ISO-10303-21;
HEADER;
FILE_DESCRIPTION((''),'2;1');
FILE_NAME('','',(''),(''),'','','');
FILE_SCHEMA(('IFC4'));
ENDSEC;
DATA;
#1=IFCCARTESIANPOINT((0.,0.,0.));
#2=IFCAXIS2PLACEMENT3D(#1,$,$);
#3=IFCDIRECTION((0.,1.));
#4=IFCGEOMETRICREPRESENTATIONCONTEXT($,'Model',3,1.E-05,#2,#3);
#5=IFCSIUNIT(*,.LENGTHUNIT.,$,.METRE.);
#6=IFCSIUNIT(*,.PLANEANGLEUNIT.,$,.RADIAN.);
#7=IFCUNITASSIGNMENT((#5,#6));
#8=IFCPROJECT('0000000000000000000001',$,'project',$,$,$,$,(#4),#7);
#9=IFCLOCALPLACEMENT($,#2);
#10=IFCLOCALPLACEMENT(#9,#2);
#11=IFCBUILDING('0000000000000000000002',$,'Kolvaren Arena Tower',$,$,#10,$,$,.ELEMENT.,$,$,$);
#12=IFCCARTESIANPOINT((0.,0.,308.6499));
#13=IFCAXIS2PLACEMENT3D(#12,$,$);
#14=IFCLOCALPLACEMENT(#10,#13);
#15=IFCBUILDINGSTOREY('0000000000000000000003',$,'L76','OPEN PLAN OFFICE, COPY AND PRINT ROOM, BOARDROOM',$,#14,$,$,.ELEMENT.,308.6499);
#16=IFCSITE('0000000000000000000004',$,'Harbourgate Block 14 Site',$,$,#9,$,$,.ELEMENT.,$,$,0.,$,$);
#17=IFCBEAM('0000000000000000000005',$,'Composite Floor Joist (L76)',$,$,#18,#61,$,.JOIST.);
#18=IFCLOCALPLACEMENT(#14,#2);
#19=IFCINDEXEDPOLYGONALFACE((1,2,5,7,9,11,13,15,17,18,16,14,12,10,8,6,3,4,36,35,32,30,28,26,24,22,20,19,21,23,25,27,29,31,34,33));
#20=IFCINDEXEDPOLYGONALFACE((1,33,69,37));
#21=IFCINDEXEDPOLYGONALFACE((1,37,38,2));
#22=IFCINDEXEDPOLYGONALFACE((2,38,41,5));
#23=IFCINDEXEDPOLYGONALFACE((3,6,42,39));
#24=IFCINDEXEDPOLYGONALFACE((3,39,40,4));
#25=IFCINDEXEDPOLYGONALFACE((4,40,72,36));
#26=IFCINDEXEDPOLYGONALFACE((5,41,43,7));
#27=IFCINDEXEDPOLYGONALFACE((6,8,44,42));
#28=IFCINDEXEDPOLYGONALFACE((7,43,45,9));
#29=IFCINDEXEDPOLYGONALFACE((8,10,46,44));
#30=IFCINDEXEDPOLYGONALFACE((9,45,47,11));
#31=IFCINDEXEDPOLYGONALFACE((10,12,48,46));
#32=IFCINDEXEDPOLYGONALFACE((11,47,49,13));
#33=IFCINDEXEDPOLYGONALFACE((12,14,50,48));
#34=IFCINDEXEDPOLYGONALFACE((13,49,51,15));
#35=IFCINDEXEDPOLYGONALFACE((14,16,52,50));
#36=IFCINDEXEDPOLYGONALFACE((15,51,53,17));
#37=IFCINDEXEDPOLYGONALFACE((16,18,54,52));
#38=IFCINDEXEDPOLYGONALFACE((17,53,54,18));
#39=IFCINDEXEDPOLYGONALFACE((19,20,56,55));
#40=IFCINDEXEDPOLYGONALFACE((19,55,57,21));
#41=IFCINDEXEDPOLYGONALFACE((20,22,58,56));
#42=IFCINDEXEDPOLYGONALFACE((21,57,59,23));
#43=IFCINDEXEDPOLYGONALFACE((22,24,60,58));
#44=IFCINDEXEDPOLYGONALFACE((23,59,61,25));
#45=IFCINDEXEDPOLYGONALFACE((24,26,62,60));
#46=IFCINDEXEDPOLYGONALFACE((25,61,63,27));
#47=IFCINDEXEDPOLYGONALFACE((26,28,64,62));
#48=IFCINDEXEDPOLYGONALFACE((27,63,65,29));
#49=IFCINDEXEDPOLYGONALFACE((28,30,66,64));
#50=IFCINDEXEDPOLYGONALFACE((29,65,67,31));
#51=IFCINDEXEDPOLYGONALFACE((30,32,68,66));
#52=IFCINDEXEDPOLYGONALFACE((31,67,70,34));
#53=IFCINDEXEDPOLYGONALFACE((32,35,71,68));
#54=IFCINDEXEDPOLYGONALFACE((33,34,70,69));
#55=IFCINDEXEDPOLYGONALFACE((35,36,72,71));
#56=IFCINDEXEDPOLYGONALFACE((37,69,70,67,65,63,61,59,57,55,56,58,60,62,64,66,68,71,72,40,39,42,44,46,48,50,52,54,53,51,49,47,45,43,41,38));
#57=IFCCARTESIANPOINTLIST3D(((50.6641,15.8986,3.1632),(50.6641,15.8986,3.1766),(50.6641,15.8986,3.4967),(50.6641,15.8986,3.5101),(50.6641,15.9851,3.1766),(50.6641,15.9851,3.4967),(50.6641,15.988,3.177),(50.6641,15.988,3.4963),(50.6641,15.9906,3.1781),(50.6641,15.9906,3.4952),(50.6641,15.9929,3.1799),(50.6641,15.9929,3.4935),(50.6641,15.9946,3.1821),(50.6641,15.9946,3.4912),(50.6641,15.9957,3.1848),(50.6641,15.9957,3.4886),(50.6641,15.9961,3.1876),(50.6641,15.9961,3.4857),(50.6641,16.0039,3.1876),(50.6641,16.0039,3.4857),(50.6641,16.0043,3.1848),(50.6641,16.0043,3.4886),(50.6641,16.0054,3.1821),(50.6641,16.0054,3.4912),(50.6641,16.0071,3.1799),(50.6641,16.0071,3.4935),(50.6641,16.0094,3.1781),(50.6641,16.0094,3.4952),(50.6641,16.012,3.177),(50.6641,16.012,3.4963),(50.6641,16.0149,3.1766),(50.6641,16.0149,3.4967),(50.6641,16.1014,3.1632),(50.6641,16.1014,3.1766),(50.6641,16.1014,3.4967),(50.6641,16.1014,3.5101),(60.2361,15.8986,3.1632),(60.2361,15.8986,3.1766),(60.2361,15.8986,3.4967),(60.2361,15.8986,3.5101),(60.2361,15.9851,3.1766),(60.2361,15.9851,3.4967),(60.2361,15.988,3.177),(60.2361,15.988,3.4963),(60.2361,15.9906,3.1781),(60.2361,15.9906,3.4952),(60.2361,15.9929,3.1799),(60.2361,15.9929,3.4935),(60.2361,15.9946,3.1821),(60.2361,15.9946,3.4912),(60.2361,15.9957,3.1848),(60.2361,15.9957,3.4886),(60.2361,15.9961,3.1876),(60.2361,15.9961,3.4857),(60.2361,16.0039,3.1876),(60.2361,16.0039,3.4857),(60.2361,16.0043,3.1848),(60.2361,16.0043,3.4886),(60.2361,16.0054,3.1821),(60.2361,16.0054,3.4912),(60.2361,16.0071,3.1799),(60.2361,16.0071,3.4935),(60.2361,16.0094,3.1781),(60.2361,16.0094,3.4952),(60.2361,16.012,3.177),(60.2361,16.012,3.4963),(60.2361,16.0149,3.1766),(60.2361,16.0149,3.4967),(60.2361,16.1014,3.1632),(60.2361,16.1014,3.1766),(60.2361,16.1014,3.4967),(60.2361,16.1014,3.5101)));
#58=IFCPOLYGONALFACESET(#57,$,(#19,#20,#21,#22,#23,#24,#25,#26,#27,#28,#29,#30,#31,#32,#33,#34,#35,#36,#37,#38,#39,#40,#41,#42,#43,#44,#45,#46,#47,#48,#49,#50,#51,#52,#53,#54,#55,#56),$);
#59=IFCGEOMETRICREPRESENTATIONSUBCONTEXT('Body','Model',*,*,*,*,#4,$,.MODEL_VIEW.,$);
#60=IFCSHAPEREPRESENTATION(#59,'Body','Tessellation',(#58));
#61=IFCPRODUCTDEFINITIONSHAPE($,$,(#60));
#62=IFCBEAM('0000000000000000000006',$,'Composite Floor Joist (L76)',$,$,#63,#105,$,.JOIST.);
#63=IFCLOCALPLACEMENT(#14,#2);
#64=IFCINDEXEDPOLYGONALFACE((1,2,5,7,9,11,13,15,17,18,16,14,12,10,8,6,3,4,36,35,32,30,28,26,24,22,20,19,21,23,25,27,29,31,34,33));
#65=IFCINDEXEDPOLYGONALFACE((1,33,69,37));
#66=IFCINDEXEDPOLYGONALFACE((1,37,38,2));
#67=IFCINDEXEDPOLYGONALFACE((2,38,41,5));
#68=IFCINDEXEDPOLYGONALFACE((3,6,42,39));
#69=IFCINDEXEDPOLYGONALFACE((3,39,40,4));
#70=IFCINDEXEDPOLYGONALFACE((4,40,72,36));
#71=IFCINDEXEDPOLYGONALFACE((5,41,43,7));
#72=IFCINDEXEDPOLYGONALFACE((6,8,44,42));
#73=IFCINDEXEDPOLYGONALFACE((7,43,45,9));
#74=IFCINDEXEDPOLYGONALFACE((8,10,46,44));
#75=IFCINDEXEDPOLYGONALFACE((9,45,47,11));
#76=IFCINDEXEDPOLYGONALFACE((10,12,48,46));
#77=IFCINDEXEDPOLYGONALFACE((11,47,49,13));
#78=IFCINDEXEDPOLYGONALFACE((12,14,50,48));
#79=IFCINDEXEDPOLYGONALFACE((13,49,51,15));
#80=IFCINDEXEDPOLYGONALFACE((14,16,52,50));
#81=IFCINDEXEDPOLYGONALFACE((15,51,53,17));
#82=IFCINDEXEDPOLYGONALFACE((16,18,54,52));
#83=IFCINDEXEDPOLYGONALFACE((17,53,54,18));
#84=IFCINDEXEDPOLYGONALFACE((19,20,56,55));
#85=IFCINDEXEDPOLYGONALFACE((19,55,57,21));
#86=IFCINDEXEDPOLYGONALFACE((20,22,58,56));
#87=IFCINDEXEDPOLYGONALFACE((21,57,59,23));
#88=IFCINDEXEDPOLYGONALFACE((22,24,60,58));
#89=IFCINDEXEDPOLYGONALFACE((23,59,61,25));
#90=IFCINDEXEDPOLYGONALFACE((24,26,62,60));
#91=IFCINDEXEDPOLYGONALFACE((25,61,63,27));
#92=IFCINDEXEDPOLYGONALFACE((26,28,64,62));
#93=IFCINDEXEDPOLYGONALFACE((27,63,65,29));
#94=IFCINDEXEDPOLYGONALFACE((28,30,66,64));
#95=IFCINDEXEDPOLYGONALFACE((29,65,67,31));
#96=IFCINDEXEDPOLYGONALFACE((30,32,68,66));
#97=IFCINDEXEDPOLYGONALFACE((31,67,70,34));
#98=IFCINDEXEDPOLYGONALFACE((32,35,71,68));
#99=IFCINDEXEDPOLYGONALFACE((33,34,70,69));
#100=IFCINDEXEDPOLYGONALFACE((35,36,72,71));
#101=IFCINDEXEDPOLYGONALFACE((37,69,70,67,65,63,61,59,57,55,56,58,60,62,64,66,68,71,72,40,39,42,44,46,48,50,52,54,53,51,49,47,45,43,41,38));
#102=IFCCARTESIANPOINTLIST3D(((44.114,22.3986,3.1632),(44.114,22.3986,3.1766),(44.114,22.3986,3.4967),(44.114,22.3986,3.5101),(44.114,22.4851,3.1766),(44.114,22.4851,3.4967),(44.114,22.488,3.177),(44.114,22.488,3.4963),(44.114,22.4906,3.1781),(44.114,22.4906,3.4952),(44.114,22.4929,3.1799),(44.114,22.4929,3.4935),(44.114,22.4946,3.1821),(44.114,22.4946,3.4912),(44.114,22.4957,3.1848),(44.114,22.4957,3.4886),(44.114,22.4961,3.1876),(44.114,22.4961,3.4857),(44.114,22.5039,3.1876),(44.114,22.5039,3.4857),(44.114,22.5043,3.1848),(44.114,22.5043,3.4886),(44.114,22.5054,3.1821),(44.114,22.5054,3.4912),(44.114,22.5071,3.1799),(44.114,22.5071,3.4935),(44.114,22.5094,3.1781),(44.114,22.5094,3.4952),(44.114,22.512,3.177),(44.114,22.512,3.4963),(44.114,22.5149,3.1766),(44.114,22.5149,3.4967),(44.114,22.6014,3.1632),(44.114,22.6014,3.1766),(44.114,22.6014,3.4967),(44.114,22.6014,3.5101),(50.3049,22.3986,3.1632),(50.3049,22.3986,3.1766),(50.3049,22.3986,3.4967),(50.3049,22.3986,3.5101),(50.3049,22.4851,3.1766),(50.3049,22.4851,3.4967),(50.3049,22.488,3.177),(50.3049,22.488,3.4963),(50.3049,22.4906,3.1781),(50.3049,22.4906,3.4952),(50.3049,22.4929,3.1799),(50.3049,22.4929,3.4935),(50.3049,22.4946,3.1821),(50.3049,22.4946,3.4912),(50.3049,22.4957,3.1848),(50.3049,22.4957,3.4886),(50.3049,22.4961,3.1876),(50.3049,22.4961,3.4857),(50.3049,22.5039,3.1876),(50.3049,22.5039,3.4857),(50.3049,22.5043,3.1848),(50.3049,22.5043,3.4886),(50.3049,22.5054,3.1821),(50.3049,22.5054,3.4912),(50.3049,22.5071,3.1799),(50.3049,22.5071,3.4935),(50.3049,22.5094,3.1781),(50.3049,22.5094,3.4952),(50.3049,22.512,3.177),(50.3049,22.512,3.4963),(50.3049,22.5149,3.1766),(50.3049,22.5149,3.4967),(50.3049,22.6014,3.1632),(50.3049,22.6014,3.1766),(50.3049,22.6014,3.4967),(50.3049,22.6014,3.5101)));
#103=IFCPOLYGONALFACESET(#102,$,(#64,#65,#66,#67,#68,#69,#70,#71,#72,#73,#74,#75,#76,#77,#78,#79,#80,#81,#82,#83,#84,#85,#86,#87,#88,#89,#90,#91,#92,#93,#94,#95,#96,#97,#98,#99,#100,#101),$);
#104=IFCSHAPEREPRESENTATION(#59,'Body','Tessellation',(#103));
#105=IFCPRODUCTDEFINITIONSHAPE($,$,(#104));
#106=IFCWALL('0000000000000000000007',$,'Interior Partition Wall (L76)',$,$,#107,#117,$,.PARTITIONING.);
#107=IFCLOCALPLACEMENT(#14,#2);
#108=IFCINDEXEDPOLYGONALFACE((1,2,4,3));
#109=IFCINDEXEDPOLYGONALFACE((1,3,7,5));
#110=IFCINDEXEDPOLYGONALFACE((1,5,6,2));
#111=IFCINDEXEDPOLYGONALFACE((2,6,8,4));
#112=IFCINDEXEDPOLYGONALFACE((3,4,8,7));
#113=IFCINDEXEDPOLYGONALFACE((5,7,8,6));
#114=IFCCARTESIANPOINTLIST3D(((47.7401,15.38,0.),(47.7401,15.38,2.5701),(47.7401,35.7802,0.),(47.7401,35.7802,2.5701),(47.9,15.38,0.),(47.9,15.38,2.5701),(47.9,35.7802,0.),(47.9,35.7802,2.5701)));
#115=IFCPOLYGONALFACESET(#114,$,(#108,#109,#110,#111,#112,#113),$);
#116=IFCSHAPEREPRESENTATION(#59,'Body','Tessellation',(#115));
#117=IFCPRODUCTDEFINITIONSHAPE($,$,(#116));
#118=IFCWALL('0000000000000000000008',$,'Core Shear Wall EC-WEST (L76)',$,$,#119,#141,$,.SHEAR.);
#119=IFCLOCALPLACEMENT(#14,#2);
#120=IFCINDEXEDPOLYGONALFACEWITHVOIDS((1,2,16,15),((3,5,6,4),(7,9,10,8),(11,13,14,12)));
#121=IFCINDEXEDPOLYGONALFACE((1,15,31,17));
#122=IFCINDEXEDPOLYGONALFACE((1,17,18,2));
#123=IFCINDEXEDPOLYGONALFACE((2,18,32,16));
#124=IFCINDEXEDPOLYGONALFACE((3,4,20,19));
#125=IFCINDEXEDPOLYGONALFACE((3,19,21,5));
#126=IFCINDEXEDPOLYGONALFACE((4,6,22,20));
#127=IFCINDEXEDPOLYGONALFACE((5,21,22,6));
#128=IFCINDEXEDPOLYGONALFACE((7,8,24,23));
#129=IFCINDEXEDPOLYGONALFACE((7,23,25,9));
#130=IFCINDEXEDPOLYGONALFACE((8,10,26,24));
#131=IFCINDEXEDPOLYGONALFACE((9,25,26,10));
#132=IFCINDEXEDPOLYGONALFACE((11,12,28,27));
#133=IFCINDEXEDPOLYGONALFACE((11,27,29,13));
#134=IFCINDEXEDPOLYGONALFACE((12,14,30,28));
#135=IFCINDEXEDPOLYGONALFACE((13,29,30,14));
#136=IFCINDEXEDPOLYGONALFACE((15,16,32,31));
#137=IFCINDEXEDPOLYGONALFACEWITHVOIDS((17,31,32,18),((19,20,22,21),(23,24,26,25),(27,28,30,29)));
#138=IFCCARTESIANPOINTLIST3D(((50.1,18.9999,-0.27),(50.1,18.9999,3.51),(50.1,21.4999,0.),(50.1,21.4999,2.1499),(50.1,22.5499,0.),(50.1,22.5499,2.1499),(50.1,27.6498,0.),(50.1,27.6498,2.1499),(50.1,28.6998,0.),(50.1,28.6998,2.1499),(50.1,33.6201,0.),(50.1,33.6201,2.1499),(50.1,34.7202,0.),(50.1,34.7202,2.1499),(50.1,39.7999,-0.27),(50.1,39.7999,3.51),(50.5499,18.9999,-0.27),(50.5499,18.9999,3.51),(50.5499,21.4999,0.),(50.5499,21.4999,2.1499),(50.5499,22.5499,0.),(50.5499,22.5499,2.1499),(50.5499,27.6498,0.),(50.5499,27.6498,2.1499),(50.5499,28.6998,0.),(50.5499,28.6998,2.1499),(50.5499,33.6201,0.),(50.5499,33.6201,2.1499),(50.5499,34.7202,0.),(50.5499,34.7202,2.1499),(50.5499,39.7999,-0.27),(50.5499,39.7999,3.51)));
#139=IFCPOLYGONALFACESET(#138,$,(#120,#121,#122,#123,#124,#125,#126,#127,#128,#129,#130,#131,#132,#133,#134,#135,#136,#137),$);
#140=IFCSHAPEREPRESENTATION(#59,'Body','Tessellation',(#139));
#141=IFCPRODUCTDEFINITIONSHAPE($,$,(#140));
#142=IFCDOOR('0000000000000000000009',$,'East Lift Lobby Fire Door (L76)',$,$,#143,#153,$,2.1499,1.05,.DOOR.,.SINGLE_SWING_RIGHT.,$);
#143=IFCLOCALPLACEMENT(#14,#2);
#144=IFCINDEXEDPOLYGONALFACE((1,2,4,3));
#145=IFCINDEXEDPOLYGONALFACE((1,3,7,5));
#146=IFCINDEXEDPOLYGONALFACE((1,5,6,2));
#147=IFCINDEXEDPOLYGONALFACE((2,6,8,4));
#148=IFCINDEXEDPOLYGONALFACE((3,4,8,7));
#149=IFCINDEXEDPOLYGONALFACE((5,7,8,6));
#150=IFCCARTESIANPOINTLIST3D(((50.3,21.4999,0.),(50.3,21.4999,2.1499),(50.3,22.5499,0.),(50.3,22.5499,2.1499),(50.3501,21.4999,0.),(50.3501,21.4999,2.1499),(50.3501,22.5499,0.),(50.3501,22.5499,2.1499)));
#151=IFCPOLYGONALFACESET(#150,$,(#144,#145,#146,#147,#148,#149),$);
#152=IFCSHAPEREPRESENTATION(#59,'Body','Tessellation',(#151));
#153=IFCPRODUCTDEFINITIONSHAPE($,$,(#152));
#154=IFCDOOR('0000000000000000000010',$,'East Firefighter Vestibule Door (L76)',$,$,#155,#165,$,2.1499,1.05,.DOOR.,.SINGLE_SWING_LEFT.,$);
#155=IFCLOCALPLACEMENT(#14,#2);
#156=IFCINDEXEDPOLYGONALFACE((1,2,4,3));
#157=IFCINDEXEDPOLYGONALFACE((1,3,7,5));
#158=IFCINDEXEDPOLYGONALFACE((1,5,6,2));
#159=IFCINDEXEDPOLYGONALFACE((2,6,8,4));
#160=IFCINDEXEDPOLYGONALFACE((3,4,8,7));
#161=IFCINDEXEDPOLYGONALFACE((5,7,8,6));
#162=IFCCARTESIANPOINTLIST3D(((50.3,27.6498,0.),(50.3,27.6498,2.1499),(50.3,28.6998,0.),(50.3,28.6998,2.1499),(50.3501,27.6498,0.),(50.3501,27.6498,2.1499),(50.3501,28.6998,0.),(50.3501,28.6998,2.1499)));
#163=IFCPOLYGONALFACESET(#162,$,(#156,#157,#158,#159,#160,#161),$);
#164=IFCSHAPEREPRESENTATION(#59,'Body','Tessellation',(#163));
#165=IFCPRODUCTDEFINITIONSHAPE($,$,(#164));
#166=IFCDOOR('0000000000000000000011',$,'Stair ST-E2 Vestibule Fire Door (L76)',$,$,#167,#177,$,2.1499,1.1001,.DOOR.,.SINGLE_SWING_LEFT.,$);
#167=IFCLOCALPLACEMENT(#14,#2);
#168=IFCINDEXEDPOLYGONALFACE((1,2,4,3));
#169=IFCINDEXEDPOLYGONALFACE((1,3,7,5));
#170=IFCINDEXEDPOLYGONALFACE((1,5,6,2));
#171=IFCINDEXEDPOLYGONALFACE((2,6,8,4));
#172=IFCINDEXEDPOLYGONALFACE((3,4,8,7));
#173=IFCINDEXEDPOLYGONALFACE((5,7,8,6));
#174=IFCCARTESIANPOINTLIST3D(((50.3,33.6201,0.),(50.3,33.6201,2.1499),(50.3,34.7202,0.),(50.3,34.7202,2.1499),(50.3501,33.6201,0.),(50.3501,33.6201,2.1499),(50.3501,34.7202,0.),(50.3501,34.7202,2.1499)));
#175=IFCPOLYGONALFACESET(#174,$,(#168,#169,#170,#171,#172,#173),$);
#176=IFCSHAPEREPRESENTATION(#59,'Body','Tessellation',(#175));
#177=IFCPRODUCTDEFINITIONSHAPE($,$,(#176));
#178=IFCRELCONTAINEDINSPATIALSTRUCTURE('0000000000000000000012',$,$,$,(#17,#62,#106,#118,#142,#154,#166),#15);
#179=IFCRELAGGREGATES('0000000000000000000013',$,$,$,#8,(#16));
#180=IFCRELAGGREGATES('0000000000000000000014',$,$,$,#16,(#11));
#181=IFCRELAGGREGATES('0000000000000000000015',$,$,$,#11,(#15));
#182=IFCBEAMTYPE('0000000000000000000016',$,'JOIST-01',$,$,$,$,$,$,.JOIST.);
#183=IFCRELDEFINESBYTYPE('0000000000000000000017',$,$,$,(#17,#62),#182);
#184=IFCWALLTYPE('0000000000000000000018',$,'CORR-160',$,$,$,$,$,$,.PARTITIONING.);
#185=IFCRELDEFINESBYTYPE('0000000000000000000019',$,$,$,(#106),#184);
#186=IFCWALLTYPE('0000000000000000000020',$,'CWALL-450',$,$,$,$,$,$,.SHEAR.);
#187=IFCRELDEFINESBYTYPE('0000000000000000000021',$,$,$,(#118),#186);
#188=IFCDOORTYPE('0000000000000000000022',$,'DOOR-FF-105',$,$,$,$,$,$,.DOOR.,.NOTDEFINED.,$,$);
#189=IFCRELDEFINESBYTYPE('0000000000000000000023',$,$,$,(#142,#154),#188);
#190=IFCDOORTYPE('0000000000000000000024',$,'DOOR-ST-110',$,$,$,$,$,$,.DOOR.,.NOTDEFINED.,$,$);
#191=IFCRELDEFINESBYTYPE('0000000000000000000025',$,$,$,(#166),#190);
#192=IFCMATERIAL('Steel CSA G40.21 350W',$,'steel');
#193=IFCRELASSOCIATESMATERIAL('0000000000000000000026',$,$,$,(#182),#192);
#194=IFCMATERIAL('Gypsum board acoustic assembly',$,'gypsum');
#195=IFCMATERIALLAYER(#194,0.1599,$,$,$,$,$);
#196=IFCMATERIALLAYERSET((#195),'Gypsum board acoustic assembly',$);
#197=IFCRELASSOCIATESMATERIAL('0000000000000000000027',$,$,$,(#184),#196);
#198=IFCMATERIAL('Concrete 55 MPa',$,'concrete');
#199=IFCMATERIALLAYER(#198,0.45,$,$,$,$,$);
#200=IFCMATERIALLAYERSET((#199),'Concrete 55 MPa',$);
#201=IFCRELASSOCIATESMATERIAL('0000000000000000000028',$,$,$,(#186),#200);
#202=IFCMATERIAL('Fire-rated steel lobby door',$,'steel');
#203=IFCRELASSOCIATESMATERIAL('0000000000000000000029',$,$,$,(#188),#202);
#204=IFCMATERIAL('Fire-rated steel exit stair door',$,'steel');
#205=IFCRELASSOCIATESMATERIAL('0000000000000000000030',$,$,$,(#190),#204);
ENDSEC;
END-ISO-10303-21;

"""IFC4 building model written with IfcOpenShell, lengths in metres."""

from ifc_helpers import new_model, si_unit, direction, frame, frame_2d, origin, origin_2d, place, context, subcontext, project, spatial, rectangle, i_section, extrude, material, layer, layer_set, material_profile, profile_set, type_object, element, fill, save


model = new_model("IFC4")

# Units and contexts
model_context = context("Model", 3, precision=1e-05, world=origin(), true_north=direction((0.0, 1.0)))
body_context = subcontext(model_context, "Body", "Model", "MODEL_VIEW")
ifc_project = project(units=[si_unit("LENGTHUNIT", "METRE"), si_unit("PLANEANGLEUNIT", "RADIAN")], contexts=[model_context])

# Site, building, storey
site_placement = place(None, origin())
site = spatial("IfcSite", under=ifc_project, at=site_placement, Name="Harbourgate Block 14 Site", CompositionType="ELEMENT", RefElevation=0.0)
building_placement = place(site_placement, origin())
building = spatial("IfcBuilding", under=site, at=building_placement, Name="Kolvaren Arena Tower", CompositionType="ELEMENT")
storey_placement = place(building_placement, frame((0.0, 0.0, 308.6499)))
storey = spatial("IfcBuildingStorey", under=building, at=storey_placement, Name="L76", Description="OPEN PLAN OFFICE, COPY AND PRINT ROOM, BOARDROOM", CompositionType="ELEMENT", Elevation=308.6499)

# Beams
ifc_material_1 = material(Name="Steel CSA G40.21 350W", Category="steel")
ifc_material_profile_1 = material_profile(ifc_material_1, i_section(OverallWidth=0.2029, OverallDepth=0.3469, WebThickness=0.0078, FlangeThickness=0.0134, FilletRadius=0.011, at=origin_2d()), Name="W360x64")
ifc_profile_set_1 = profile_set([ifc_material_profile_1], Name="Steel CSA G40.21 350W")
beam_type_1 = type_object("IfcBeamType", Name="JOIST-01", PredefinedType="JOIST", material=ifc_profile_set_1)
beam_1_placement = place(storey_placement, frame((50.6641, 16.0, 3.3367), z_axis=(1.0, 0.0, 0.0), x_axis=(0.0, 1.0, 0.0)))
element("IfcBeam", 1, at=beam_1_placement, inside=storey, type_object=beam_type_1, Name="Composite Floor Joist (L76)", PredefinedType="JOIST", context=body_context, shape_type="SweptSolid", body=[
    extrude(i_section(OverallWidth=0.2029, OverallDepth=0.3469, WebThickness=0.0078, FlangeThickness=0.0134, FilletRadius=0.011, at=origin_2d()), origin(), (0.0, 0.0, 1.0), 9.572),
])
beam_2_placement = place(storey_placement, frame((44.114, 22.5, 3.3367), z_axis=(1.0, 0.0, 0.0), x_axis=(0.0, 1.0, 0.0)))
element("IfcBeam", 2, at=beam_2_placement, inside=storey, type_object=beam_type_1, Name="Composite Floor Joist (L76)", PredefinedType="JOIST", context=body_context, shape_type="SweptSolid", body=[
    extrude(i_section(OverallWidth=0.2029, OverallDepth=0.3469, WebThickness=0.0078, FlangeThickness=0.0134, FilletRadius=0.011, at=origin_2d()), origin(), (0.0, 0.0, 1.0), 6.1909),
])

# Wall
ifc_material_2 = material(Name="Gypsum board acoustic assembly", Category="gypsum")
ifc_layer_1 = layer(ifc_material_2, 0.1599)
ifc_layer_set_1 = layer_set([ifc_layer_1], Name="Gypsum board acoustic assembly")
wall_type_1 = type_object("IfcWallType", Name="CORR-160", PredefinedType="PARTITIONING", material=ifc_layer_set_1)
wall_1_placement = place(storey_placement, frame((47.8201, 15.3799, 0.0), z_axis=(0.0, 0.0, 1.0), x_axis=(0.0, 1.0, 0.0)))
element("IfcWall", 3, at=wall_1_placement, inside=storey, type_object=wall_type_1, Name="Interior Partition Wall (L76)", PredefinedType="PARTITIONING", context=body_context, shape_type="SweptSolid", body=[
    extrude(rectangle(XDim=20.4001, YDim=0.1599, at=frame_2d((10.2002, 0.0))), origin(), (0.0, 0.0, 1.0), 2.5701),
])

# Wall, openings, doors
ifc_material_3 = material(Name="Concrete 55 MPa", Category="concrete")
ifc_layer_2 = layer(ifc_material_3, 0.45)
ifc_layer_set_2 = layer_set([ifc_layer_2], Name="Concrete 55 MPa")
wall_type_2 = type_object("IfcWallType", Name="CWALL-450", PredefinedType="SHEAR", material=ifc_layer_set_2)
wall_2_placement = place(storey_placement, frame((50.325, 19.0, -0.27), z_axis=(0.0, 0.0, 1.0), x_axis=(0.0, 1.0, 0.0)))
wall_2 = element("IfcWall", 4, at=wall_2_placement, inside=storey, type_object=wall_type_2, Name="Core Shear Wall EC-WEST (L76)", PredefinedType="SHEAR", context=body_context, shape_type="SweptSolid", body=[
    extrude(rectangle(XDim=20.8, YDim=0.45, at=frame_2d((10.3999, 0.0))), origin(), (0.0, 0.0, 1.0), 3.78),
])
opening_1_placement = place(wall_2_placement, frame((2.5, 0.0, 0.27)))
opening_1 = element("IfcOpeningElement", 5, at=opening_1_placement, cuts=wall_2, PredefinedType="OPENING", context=body_context, shape_type="SweptSolid", body=[
    extrude(rectangle(XDim=1.05, YDim=2.1499, at=frame_2d((0.5249, 1.075))), frame((0.0, 0.2349, 0.0), z_axis=(0.0, -1.0, 0.0), x_axis=(1.0, 0.0, 0.0)), (0.0, 0.0, 1.0), 0.47),
])
opening_2_placement = place(wall_2_placement, frame((8.6499, 0.0, 0.27)))
opening_2 = element("IfcOpeningElement", 6, at=opening_2_placement, cuts=wall_2, PredefinedType="OPENING", context=body_context, shape_type="SweptSolid", body=[
    extrude(rectangle(XDim=1.05, YDim=2.1499, at=frame_2d((0.5249, 1.075))), frame((0.0, 0.2349, 0.0), z_axis=(0.0, -1.0, 0.0), x_axis=(1.0, 0.0, 0.0)), (0.0, 0.0, 1.0), 0.47),
])
opening_3_placement = place(wall_2_placement, frame((14.6201, 0.0, 0.27)))
opening_3 = element("IfcOpeningElement", 7, at=opening_3_placement, cuts=wall_2, PredefinedType="OPENING", context=body_context, shape_type="SweptSolid", body=[
    extrude(rectangle(XDim=1.1001, YDim=2.1499, at=frame_2d((0.55, 1.075))), frame((0.0, 0.2349, 0.0), z_axis=(0.0, -1.0, 0.0), x_axis=(1.0, 0.0, 0.0)), (0.0, 0.0, 1.0), 0.47),
])
ifc_material_4 = material(Name="Fire-rated steel lobby door", Category="steel")
door_type_1 = type_object("IfcDoorType", Name="DOOR-FF-105", OperationType="NOTDEFINED", PredefinedType="DOOR", material=ifc_material_4)
door_1_placement = place(opening_1_placement, origin())
door_1 = element("IfcDoor", 8, at=door_1_placement, inside=storey, type_object=door_type_1, Name="East Lift Lobby Fire Door (L76)", OperationType="SINGLE_SWING_RIGHT", OverallHeight=2.1499, OverallWidth=1.05, PredefinedType="DOOR", context=body_context, shape_type="SweptSolid", body=[
    extrude(rectangle(XDim=1.05, YDim=2.1499, at=frame_2d((0.5249, 1.075))), frame((0.0, 0.0249, 0.0), z_axis=(0.0, -1.0, 0.0), x_axis=(1.0, 0.0, 0.0)), (0.0, 0.0, 1.0), 0.05),
])
fill(opening_1, door_1)
door_2_placement = place(opening_2_placement, origin())
door_2 = element("IfcDoor", 9, at=door_2_placement, inside=storey, type_object=door_type_1, Name="East Firefighter Vestibule Door (L76)", OperationType="SINGLE_SWING_LEFT", OverallHeight=2.1499, OverallWidth=1.05, PredefinedType="DOOR", context=body_context, shape_type="SweptSolid", body=[
    extrude(rectangle(XDim=1.05, YDim=2.1499, at=frame_2d((0.5249, 1.075))), frame((0.0, 0.0249, 0.0), z_axis=(0.0, -1.0, 0.0), x_axis=(1.0, 0.0, 0.0)), (0.0, 0.0, 1.0), 0.05),
])
fill(opening_2, door_2)
ifc_material_5 = material(Name="Fire-rated steel exit stair door", Category="steel")
door_type_2 = type_object("IfcDoorType", Name="DOOR-ST-110", OperationType="NOTDEFINED", PredefinedType="DOOR", material=ifc_material_5)
door_3_placement = place(opening_3_placement, origin())
door_3 = element("IfcDoor", 10, at=door_3_placement, inside=storey, type_object=door_type_2, Name="Stair ST-E2 Vestibule Fire Door (L76)", OperationType="SINGLE_SWING_LEFT", OverallHeight=2.1499, OverallWidth=1.1001, PredefinedType="DOOR", context=body_context, shape_type="SweptSolid", body=[
    extrude(rectangle(XDim=1.1001, YDim=2.1499, at=frame_2d((0.55, 1.075))), frame((0.0, 0.0249, 0.0), z_axis=(0.0, -1.0, 0.0), x_axis=(1.0, 0.0, 0.0)), (0.0, 0.0, 1.0), 0.05),
])
fill(opening_3, door_3)

save(model, "model.ifc")
